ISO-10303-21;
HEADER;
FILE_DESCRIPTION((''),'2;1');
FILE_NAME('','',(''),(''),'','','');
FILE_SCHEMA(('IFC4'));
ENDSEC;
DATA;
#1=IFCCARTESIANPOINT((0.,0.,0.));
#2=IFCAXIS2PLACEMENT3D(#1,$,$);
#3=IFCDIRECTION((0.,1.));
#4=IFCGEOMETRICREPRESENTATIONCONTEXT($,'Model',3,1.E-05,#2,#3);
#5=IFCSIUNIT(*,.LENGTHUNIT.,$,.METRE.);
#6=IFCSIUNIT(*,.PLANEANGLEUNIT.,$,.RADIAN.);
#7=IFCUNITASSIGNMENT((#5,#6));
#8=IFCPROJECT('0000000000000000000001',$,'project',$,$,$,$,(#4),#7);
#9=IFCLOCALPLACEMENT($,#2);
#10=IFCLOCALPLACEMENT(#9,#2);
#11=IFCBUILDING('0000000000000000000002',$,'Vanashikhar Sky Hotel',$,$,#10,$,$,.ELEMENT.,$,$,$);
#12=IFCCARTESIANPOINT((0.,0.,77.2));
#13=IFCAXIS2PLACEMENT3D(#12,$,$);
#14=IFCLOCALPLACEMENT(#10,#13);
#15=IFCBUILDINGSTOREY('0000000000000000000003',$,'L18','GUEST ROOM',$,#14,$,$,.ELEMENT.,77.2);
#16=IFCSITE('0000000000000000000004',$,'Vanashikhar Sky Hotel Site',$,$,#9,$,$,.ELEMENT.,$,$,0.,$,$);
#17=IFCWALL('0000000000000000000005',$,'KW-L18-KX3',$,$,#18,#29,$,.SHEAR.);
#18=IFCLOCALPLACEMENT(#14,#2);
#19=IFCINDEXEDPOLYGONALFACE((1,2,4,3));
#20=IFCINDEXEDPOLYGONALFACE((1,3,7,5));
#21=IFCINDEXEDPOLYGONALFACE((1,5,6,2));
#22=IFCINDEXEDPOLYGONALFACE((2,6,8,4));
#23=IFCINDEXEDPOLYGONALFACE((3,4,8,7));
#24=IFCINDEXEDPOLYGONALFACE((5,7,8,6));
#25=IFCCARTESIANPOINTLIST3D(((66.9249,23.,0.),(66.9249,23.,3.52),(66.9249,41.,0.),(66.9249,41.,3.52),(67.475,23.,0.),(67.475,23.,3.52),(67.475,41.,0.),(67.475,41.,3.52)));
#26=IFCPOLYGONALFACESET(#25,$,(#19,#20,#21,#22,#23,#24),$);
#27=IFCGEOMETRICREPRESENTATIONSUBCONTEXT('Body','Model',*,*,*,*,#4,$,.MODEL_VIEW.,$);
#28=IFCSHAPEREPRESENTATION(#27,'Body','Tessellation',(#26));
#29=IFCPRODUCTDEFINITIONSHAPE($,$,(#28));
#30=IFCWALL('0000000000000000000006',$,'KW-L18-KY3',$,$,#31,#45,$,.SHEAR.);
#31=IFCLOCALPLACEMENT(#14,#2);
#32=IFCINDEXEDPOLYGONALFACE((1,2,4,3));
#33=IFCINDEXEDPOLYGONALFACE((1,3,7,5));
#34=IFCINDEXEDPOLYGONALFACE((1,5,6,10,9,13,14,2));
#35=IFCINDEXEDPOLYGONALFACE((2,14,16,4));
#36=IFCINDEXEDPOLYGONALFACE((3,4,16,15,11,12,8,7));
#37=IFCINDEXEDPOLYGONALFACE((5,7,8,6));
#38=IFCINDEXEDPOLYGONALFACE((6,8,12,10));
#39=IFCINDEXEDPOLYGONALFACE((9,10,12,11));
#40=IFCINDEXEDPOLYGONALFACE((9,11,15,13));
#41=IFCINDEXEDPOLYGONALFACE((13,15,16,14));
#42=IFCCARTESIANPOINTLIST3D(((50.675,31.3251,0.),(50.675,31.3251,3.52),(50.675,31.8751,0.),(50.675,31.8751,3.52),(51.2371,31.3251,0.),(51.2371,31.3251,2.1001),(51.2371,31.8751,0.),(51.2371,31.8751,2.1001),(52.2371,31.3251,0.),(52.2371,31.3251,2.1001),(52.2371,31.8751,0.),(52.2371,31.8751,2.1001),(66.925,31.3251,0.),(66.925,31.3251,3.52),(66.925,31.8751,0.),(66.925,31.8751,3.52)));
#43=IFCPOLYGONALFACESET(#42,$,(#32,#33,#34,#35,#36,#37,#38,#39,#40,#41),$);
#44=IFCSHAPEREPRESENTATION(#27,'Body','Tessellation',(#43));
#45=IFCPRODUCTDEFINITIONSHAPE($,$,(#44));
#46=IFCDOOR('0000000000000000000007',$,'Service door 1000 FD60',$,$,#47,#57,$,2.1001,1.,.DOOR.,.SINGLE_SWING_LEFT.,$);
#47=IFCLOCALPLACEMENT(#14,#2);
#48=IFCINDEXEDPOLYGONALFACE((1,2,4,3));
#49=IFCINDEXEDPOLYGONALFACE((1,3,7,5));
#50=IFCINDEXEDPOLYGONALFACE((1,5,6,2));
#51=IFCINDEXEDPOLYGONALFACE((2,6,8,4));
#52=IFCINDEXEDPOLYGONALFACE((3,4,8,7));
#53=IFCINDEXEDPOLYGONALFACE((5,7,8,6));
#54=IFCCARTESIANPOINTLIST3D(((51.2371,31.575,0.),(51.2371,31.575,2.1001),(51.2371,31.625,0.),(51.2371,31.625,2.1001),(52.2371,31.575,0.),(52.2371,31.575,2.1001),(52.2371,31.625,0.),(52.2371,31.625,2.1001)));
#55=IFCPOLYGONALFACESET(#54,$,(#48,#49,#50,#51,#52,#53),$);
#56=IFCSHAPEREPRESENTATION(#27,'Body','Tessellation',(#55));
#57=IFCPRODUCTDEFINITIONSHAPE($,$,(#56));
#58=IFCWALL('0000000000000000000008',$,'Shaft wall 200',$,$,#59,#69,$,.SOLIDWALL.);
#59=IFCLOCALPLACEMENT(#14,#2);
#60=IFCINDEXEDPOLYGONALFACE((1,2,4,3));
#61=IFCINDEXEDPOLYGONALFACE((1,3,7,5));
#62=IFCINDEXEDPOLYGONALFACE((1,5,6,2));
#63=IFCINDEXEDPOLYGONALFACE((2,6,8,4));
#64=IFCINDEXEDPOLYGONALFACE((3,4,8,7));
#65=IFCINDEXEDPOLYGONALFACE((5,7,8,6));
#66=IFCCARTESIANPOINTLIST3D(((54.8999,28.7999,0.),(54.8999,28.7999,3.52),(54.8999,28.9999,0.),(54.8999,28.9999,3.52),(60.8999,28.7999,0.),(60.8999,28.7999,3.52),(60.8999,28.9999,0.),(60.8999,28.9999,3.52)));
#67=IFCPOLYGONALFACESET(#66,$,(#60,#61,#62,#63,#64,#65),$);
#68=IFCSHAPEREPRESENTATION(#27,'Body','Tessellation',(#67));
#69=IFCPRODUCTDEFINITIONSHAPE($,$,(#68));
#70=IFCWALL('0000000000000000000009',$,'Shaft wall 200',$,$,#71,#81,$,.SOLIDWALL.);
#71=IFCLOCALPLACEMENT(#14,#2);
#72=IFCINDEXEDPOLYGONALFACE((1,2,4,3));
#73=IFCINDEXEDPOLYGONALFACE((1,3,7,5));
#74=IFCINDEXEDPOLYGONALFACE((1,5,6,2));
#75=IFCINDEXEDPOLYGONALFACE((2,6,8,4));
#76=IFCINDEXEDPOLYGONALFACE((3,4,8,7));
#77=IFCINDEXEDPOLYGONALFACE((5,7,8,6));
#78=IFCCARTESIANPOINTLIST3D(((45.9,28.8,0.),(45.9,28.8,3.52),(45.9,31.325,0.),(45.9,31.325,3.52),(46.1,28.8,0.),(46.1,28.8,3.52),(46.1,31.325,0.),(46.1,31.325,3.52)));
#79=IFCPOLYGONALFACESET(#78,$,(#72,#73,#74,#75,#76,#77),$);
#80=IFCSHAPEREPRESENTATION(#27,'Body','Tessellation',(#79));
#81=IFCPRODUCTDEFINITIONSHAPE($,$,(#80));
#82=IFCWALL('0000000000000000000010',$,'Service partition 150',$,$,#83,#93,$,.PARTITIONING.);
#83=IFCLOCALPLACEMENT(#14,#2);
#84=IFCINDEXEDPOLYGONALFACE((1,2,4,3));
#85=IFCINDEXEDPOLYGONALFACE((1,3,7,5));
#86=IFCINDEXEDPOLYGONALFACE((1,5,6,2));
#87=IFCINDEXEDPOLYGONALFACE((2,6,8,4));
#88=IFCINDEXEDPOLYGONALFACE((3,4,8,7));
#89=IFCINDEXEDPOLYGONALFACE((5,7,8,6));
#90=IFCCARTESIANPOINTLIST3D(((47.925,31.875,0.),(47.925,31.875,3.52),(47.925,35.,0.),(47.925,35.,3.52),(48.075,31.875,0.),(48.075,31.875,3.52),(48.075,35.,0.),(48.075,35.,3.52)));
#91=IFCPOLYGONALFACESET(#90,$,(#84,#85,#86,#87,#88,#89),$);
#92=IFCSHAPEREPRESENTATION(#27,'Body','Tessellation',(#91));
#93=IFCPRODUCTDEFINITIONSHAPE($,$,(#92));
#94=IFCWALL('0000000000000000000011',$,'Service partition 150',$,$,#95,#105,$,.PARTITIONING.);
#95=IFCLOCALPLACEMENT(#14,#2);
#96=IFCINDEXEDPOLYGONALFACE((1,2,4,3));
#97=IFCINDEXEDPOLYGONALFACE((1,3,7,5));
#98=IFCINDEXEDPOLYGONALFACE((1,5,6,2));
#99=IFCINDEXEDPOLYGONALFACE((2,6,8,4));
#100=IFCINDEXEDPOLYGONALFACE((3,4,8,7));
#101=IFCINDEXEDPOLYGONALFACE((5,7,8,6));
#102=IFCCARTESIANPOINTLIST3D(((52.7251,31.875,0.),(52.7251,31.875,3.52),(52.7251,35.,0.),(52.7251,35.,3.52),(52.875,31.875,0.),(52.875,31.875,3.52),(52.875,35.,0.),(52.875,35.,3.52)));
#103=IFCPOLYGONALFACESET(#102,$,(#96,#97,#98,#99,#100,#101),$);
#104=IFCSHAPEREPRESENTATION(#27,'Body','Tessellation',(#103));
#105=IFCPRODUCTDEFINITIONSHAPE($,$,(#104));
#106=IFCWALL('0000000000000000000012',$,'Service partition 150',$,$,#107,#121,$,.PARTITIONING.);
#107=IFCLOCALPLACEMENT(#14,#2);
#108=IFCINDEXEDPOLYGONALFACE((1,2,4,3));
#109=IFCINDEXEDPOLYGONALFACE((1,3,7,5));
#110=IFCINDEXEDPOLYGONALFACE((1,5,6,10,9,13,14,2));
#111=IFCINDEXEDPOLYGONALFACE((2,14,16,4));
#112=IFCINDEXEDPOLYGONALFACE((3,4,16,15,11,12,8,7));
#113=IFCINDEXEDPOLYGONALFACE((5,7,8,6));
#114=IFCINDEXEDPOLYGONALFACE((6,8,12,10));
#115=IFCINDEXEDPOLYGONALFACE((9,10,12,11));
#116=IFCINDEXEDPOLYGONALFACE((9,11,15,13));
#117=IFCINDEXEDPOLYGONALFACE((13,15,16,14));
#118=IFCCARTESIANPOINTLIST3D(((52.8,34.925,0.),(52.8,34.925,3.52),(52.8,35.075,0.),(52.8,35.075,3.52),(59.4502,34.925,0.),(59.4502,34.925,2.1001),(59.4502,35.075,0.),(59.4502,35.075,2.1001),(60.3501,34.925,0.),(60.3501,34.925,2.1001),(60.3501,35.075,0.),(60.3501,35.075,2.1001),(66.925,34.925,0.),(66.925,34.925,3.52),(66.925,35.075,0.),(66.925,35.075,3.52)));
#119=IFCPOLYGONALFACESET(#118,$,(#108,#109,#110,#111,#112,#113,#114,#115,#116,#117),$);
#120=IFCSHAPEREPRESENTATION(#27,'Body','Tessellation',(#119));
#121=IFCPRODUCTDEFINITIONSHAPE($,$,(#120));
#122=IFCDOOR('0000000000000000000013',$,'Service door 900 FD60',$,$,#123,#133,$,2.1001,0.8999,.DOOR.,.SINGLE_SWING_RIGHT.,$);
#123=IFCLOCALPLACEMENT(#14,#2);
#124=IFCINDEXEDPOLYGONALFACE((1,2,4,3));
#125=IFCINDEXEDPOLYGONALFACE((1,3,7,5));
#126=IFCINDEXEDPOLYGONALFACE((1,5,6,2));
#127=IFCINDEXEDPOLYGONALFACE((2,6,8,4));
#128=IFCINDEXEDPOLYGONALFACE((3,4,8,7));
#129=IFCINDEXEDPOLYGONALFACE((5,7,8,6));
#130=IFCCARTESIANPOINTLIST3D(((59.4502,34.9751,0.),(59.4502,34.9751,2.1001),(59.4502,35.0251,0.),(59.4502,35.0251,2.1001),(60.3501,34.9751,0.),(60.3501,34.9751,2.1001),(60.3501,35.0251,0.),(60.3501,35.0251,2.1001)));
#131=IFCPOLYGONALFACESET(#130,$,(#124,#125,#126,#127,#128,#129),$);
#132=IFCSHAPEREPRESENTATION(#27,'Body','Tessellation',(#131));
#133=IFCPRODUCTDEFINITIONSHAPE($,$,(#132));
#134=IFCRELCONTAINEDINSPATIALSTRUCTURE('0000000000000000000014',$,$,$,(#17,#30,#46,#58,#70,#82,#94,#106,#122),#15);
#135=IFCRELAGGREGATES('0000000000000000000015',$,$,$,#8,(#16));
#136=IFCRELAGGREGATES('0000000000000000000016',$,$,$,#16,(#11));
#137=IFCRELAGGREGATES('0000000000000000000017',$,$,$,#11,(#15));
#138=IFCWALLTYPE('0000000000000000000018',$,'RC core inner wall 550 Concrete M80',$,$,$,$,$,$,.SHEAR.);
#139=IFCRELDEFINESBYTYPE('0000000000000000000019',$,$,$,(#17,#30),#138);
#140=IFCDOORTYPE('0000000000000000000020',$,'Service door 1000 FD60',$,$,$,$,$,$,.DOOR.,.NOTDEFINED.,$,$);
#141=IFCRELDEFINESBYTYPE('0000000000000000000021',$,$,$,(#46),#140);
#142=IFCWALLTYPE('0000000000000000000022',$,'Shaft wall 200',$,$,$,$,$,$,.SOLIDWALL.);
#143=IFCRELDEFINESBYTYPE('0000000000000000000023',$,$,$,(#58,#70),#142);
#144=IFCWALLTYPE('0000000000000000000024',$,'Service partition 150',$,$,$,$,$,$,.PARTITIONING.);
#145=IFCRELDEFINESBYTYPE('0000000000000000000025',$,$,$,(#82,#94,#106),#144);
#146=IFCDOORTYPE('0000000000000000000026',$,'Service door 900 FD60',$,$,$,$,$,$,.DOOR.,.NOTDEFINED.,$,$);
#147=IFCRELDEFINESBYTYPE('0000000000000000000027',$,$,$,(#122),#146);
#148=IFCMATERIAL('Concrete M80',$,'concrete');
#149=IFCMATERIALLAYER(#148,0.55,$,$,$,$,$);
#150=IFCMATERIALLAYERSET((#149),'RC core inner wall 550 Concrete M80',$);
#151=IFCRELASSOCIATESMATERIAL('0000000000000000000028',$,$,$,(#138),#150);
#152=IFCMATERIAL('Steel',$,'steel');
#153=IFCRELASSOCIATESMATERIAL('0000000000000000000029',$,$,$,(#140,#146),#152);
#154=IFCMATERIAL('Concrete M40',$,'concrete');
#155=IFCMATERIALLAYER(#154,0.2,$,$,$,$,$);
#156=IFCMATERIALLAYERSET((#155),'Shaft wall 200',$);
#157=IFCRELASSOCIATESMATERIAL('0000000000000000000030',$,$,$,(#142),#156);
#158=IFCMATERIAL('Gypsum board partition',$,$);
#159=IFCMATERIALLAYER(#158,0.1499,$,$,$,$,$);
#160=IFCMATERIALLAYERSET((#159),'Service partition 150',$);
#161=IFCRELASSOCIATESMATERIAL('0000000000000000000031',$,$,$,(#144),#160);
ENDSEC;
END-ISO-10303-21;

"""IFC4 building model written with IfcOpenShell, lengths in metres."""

from ifc_helpers import new_model, si_unit, direction, frame, frame_2d, origin, place, context, subcontext, project, spatial, rectangle, extrude, source, transform, mapped, material, layer, layer_set, type_object, element, fill, save


model = new_model("IFC4")

# Units and contexts
model_context = context("Model", 3, precision=1e-05, world=origin(), true_north=direction((0.0, 1.0)))
body_context = subcontext(model_context, "Body", "Model", "MODEL_VIEW")
ifc_project = project(units=[si_unit("LENGTHUNIT", "METRE"), si_unit("PLANEANGLEUNIT", "RADIAN")], contexts=[model_context])

# Site, building, storey
site_placement = place(None, origin())
site = spatial("IfcSite", under=ifc_project, at=site_placement, Name="Vanashikhar Sky Hotel Site", CompositionType="ELEMENT", RefElevation=0.0)
building_placement = place(site_placement, origin())
building = spatial("IfcBuilding", under=site, at=building_placement, Name="Vanashikhar Sky Hotel", CompositionType="ELEMENT")
storey_placement = place(building_placement, frame((0.0, 0.0, 77.2)))
storey = spatial("IfcBuildingStorey", under=building, at=storey_placement, Name="L18", Description="GUEST ROOM", CompositionType="ELEMENT", Elevation=77.2)

# Wall
ifc_material_1 = material(Name="Concrete M80", Category="concrete")
ifc_layer_1 = layer(ifc_material_1, 0.55)
ifc_layer_set_1 = layer_set([ifc_layer_1], Name="RC core inner wall 550 Concrete M80")
wall_type_1 = type_object("IfcWallType", Name="RC core inner wall 550 Concrete M80", PredefinedType="SHEAR", material=ifc_layer_set_1)
shared_shape_1 = source(origin(), body_context, "Body", "SweptSolid", [
    extrude(rectangle(XDim=18.0, YDim=0.55, at=frame_2d((9.0, 0.0))), origin(), (0.0, 0.0, 1.0), 3.52),
])
wall_1_placement = place(storey_placement, frame((67.2, 23.0, 0.0), z_axis=(0.0, 0.0, 1.0), x_axis=(0.0, 1.0, 0.0)))
element("IfcWall", 1, at=wall_1_placement, inside=storey, type_object=wall_type_1, Name="KW-L18-KX3", PredefinedType="SHEAR", context=body_context, shape_type="MappedRepresentation", body=[
    mapped(shared_shape_1, transform((0.0, 0.0, 0.0), scale=1.0)),
])

# Wall, opening, door
shared_shape_2 = source(origin(), body_context, "Body", "SweptSolid", [
    extrude(rectangle(XDim=16.25, YDim=0.55, at=frame_2d((8.125, 0.0))), origin(), (0.0, 0.0, 1.0), 3.52),
])
wall_2_placement = place(storey_placement, frame((50.675, 31.6001, 0.0), z_axis=(0.0, 0.0, 1.0), x_axis=(1.0, 0.0, 0.0)))
wall_2 = element("IfcWall", 2, at=wall_2_placement, inside=storey, type_object=wall_type_1, Name="KW-L18-KY3", PredefinedType="SHEAR", context=body_context, shape_type="MappedRepresentation", body=[
    mapped(shared_shape_2, transform((0.0, 0.0, 0.0), scale=1.0)),
])
shared_shape_3 = source(origin(), body_context, "Body", "SweptSolid", [
    extrude(rectangle(XDim=1.0, YDim=2.1001, at=frame_2d((0.5, 1.05))), frame((0.0, 0.2852, 0.0), z_axis=(0.0, -1.0, 0.0), x_axis=(1.0, 0.0, 0.0)), (0.0, 0.0, 1.0), 0.5701),
])
opening_1_placement = place(wall_2_placement, frame((0.562, 0.0, 0.0)))
opening_1 = element("IfcOpeningElement", 3, at=opening_1_placement, cuts=wall_2, PredefinedType="OPENING", context=body_context, shape_type="MappedRepresentation", body=[
    mapped(shared_shape_3, transform((0.0, 0.0, 0.0), scale=1.0)),
])
ifc_material_2 = material(Name="Steel", Category="steel")
door_type_1 = type_object("IfcDoorType", Name="Service door 1000 FD60", OperationType="NOTDEFINED", PredefinedType="DOOR", material=ifc_material_2)
shared_shape_4 = source(origin(), body_context, "Body", "SweptSolid", [
    extrude(rectangle(XDim=1.0, YDim=2.1001, at=frame_2d((0.5, 1.05))), frame((0.0, 0.0249, 0.0), z_axis=(0.0, -1.0, 0.0), x_axis=(1.0, 0.0, 0.0)), (0.0, 0.0, 1.0), 0.05),
])
door_1_placement = place(opening_1_placement, origin())
door_1 = element("IfcDoor", 4, at=door_1_placement, inside=storey, type_object=door_type_1, Name="Service door 1000 FD60", OperationType="SINGLE_SWING_LEFT", OverallHeight=2.1001, OverallWidth=1.0, PredefinedType="DOOR", context=body_context, shape_type="MappedRepresentation", body=[
    mapped(shared_shape_4, transform((0.0, 0.0, 0.0), scale=1.0)),
])
fill(opening_1, door_1)

# Walls
ifc_material_3 = material(Name="Concrete M40", Category="concrete")
ifc_layer_2 = layer(ifc_material_3, 0.2)
ifc_layer_set_2 = layer_set([ifc_layer_2], Name="Shaft wall 200")
wall_type_2 = type_object("IfcWallType", Name="Shaft wall 200", PredefinedType="SOLIDWALL", material=ifc_layer_set_2)
shared_shape_5 = source(origin(), body_context, "Body", "SweptSolid", [
    extrude(rectangle(XDim=6.0, YDim=0.2, at=frame_2d((3.0, 0.0))), origin(), (0.0, 0.0, 1.0), 3.52),
])
wall_3_placement = place(storey_placement, frame((60.8999, 28.8999, 0.0), z_axis=(0.0, 0.0, 1.0), x_axis=(-1.0, 0.0, 0.0)))
element("IfcWall", 5, at=wall_3_placement, inside=storey, type_object=wall_type_2, Name="Shaft wall 200", PredefinedType="SOLIDWALL", context=body_context, shape_type="MappedRepresentation", body=[
    mapped(shared_shape_5, transform((0.0, 0.0, 0.0), scale=1.0)),
])
shared_shape_6 = source(origin(), body_context, "Body", "SweptSolid", [
    extrude(rectangle(XDim=2.5249, YDim=0.2, at=frame_2d((1.2625, 0.0))), origin(), (0.0, 0.0, 1.0), 3.52),
])
wall_4_placement = place(storey_placement, frame((46.0, 28.8, 0.0), z_axis=(0.0, 0.0, 1.0), x_axis=(0.0, 1.0, 0.0)))
element("IfcWall", 6, at=wall_4_placement, inside=storey, type_object=wall_type_2, Name="Shaft wall 200", PredefinedType="SOLIDWALL", context=body_context, shape_type="MappedRepresentation", body=[
    mapped(shared_shape_6, transform((0.0, 0.0, 0.0), scale=1.0)),
])
ifc_material_4 = material(Name="Gypsum board partition")
ifc_layer_3 = layer(ifc_material_4, 0.1499)
ifc_layer_set_3 = layer_set([ifc_layer_3], Name="Service partition 150")
wall_type_3 = type_object("IfcWallType", Name="Service partition 150", PredefinedType="PARTITIONING", material=ifc_layer_set_3)
shared_shape_7 = source(origin(), body_context, "Body", "SweptSolid", [
    extrude(rectangle(XDim=3.125, YDim=0.1499, at=frame_2d((1.5625, 0.0))), origin(), (0.0, 0.0, 1.0), 3.52),
])
for number, where, z_axis, x_axis, name in (
    (7, (48.0, 31.875, 0.0), (0.0, 0.0, 1.0), (0.0, 1.0, 0.0), "Service partition 150"),
    (8, (52.8, 31.875, 0.0), (0.0, 0.0, 1.0), (0.0, 1.0, 0.0), "Service partition 150"),
):
    element("IfcWall", number, at=place(storey_placement, frame(where, z_axis=z_axis, x_axis=x_axis)), inside=storey, type_object=wall_type_3, Name=name, PredefinedType="PARTITIONING", context=body_context, shape_type="MappedRepresentation", body=[
        mapped(shared_shape_7, transform((0.0, 0.0, 0.0), scale=1.0)),
    ])

# Wall, opening, door
shared_shape_8 = source(origin(), body_context, "Body", "SweptSolid", [
    extrude(rectangle(XDim=14.125, YDim=0.1499, at=frame_2d((7.0625, 0.0))), origin(), (0.0, 0.0, 1.0), 3.52),
])
wall_5_placement = place(storey_placement, frame((66.925, 35.0, 0.0), z_axis=(0.0, 0.0, 1.0), x_axis=(-1.0, 0.0, 0.0)))
wall_5 = element("IfcWall", 9, at=wall_5_placement, inside=storey, type_object=wall_type_3, Name="Service partition 150", PredefinedType="PARTITIONING", context=body_context, shape_type="MappedRepresentation", body=[
    mapped(shared_shape_8, transform((0.0, 0.0, 0.0), scale=1.0)),
])
shared_shape_9 = source(origin(), body_context, "Body", "SweptSolid", [
    extrude(rectangle(XDim=0.8999, YDim=2.1001, at=frame_2d((0.45, 1.05))), frame((0.0, 0.085, 0.0), z_axis=(0.0, -1.0, 0.0), x_axis=(1.0, 0.0, 0.0)), (0.0, 0.0, 1.0), 0.1699),
])
opening_2_placement = place(wall_5_placement, frame((6.575, 0.0, 0.0)))
opening_2 = element("IfcOpeningElement", 10, at=opening_2_placement, cuts=wall_5, PredefinedType="OPENING", context=body_context, shape_type="MappedRepresentation", body=[
    mapped(shared_shape_9, transform((0.0, 0.0, 0.0), scale=1.0)),
])
door_type_2 = type_object("IfcDoorType", Name="Service door 900 FD60", OperationType="NOTDEFINED", PredefinedType="DOOR", material=ifc_material_2)
shared_shape_10 = source(origin(), body_context, "Body", "SweptSolid", [
    extrude(rectangle(XDim=0.8999, YDim=2.1001, at=frame_2d((0.45, 1.05))), frame((0.0, 0.0249, 0.0), z_axis=(0.0, -1.0, 0.0), x_axis=(1.0, 0.0, 0.0)), (0.0, 0.0, 1.0), 0.05),
])
door_2_placement = place(opening_2_placement, origin())
door_2 = element("IfcDoor", 11, at=door_2_placement, inside=storey, type_object=door_type_2, Name="Service door 900 FD60", OperationType="SINGLE_SWING_RIGHT", OverallHeight=2.1001, OverallWidth=0.8999, PredefinedType="DOOR", context=body_context, shape_type="MappedRepresentation", body=[
    mapped(shared_shape_10, transform((0.0, 0.0, 0.0), scale=1.0)),
])
fill(opening_2, door_2)

save(model, "model.ifc")
